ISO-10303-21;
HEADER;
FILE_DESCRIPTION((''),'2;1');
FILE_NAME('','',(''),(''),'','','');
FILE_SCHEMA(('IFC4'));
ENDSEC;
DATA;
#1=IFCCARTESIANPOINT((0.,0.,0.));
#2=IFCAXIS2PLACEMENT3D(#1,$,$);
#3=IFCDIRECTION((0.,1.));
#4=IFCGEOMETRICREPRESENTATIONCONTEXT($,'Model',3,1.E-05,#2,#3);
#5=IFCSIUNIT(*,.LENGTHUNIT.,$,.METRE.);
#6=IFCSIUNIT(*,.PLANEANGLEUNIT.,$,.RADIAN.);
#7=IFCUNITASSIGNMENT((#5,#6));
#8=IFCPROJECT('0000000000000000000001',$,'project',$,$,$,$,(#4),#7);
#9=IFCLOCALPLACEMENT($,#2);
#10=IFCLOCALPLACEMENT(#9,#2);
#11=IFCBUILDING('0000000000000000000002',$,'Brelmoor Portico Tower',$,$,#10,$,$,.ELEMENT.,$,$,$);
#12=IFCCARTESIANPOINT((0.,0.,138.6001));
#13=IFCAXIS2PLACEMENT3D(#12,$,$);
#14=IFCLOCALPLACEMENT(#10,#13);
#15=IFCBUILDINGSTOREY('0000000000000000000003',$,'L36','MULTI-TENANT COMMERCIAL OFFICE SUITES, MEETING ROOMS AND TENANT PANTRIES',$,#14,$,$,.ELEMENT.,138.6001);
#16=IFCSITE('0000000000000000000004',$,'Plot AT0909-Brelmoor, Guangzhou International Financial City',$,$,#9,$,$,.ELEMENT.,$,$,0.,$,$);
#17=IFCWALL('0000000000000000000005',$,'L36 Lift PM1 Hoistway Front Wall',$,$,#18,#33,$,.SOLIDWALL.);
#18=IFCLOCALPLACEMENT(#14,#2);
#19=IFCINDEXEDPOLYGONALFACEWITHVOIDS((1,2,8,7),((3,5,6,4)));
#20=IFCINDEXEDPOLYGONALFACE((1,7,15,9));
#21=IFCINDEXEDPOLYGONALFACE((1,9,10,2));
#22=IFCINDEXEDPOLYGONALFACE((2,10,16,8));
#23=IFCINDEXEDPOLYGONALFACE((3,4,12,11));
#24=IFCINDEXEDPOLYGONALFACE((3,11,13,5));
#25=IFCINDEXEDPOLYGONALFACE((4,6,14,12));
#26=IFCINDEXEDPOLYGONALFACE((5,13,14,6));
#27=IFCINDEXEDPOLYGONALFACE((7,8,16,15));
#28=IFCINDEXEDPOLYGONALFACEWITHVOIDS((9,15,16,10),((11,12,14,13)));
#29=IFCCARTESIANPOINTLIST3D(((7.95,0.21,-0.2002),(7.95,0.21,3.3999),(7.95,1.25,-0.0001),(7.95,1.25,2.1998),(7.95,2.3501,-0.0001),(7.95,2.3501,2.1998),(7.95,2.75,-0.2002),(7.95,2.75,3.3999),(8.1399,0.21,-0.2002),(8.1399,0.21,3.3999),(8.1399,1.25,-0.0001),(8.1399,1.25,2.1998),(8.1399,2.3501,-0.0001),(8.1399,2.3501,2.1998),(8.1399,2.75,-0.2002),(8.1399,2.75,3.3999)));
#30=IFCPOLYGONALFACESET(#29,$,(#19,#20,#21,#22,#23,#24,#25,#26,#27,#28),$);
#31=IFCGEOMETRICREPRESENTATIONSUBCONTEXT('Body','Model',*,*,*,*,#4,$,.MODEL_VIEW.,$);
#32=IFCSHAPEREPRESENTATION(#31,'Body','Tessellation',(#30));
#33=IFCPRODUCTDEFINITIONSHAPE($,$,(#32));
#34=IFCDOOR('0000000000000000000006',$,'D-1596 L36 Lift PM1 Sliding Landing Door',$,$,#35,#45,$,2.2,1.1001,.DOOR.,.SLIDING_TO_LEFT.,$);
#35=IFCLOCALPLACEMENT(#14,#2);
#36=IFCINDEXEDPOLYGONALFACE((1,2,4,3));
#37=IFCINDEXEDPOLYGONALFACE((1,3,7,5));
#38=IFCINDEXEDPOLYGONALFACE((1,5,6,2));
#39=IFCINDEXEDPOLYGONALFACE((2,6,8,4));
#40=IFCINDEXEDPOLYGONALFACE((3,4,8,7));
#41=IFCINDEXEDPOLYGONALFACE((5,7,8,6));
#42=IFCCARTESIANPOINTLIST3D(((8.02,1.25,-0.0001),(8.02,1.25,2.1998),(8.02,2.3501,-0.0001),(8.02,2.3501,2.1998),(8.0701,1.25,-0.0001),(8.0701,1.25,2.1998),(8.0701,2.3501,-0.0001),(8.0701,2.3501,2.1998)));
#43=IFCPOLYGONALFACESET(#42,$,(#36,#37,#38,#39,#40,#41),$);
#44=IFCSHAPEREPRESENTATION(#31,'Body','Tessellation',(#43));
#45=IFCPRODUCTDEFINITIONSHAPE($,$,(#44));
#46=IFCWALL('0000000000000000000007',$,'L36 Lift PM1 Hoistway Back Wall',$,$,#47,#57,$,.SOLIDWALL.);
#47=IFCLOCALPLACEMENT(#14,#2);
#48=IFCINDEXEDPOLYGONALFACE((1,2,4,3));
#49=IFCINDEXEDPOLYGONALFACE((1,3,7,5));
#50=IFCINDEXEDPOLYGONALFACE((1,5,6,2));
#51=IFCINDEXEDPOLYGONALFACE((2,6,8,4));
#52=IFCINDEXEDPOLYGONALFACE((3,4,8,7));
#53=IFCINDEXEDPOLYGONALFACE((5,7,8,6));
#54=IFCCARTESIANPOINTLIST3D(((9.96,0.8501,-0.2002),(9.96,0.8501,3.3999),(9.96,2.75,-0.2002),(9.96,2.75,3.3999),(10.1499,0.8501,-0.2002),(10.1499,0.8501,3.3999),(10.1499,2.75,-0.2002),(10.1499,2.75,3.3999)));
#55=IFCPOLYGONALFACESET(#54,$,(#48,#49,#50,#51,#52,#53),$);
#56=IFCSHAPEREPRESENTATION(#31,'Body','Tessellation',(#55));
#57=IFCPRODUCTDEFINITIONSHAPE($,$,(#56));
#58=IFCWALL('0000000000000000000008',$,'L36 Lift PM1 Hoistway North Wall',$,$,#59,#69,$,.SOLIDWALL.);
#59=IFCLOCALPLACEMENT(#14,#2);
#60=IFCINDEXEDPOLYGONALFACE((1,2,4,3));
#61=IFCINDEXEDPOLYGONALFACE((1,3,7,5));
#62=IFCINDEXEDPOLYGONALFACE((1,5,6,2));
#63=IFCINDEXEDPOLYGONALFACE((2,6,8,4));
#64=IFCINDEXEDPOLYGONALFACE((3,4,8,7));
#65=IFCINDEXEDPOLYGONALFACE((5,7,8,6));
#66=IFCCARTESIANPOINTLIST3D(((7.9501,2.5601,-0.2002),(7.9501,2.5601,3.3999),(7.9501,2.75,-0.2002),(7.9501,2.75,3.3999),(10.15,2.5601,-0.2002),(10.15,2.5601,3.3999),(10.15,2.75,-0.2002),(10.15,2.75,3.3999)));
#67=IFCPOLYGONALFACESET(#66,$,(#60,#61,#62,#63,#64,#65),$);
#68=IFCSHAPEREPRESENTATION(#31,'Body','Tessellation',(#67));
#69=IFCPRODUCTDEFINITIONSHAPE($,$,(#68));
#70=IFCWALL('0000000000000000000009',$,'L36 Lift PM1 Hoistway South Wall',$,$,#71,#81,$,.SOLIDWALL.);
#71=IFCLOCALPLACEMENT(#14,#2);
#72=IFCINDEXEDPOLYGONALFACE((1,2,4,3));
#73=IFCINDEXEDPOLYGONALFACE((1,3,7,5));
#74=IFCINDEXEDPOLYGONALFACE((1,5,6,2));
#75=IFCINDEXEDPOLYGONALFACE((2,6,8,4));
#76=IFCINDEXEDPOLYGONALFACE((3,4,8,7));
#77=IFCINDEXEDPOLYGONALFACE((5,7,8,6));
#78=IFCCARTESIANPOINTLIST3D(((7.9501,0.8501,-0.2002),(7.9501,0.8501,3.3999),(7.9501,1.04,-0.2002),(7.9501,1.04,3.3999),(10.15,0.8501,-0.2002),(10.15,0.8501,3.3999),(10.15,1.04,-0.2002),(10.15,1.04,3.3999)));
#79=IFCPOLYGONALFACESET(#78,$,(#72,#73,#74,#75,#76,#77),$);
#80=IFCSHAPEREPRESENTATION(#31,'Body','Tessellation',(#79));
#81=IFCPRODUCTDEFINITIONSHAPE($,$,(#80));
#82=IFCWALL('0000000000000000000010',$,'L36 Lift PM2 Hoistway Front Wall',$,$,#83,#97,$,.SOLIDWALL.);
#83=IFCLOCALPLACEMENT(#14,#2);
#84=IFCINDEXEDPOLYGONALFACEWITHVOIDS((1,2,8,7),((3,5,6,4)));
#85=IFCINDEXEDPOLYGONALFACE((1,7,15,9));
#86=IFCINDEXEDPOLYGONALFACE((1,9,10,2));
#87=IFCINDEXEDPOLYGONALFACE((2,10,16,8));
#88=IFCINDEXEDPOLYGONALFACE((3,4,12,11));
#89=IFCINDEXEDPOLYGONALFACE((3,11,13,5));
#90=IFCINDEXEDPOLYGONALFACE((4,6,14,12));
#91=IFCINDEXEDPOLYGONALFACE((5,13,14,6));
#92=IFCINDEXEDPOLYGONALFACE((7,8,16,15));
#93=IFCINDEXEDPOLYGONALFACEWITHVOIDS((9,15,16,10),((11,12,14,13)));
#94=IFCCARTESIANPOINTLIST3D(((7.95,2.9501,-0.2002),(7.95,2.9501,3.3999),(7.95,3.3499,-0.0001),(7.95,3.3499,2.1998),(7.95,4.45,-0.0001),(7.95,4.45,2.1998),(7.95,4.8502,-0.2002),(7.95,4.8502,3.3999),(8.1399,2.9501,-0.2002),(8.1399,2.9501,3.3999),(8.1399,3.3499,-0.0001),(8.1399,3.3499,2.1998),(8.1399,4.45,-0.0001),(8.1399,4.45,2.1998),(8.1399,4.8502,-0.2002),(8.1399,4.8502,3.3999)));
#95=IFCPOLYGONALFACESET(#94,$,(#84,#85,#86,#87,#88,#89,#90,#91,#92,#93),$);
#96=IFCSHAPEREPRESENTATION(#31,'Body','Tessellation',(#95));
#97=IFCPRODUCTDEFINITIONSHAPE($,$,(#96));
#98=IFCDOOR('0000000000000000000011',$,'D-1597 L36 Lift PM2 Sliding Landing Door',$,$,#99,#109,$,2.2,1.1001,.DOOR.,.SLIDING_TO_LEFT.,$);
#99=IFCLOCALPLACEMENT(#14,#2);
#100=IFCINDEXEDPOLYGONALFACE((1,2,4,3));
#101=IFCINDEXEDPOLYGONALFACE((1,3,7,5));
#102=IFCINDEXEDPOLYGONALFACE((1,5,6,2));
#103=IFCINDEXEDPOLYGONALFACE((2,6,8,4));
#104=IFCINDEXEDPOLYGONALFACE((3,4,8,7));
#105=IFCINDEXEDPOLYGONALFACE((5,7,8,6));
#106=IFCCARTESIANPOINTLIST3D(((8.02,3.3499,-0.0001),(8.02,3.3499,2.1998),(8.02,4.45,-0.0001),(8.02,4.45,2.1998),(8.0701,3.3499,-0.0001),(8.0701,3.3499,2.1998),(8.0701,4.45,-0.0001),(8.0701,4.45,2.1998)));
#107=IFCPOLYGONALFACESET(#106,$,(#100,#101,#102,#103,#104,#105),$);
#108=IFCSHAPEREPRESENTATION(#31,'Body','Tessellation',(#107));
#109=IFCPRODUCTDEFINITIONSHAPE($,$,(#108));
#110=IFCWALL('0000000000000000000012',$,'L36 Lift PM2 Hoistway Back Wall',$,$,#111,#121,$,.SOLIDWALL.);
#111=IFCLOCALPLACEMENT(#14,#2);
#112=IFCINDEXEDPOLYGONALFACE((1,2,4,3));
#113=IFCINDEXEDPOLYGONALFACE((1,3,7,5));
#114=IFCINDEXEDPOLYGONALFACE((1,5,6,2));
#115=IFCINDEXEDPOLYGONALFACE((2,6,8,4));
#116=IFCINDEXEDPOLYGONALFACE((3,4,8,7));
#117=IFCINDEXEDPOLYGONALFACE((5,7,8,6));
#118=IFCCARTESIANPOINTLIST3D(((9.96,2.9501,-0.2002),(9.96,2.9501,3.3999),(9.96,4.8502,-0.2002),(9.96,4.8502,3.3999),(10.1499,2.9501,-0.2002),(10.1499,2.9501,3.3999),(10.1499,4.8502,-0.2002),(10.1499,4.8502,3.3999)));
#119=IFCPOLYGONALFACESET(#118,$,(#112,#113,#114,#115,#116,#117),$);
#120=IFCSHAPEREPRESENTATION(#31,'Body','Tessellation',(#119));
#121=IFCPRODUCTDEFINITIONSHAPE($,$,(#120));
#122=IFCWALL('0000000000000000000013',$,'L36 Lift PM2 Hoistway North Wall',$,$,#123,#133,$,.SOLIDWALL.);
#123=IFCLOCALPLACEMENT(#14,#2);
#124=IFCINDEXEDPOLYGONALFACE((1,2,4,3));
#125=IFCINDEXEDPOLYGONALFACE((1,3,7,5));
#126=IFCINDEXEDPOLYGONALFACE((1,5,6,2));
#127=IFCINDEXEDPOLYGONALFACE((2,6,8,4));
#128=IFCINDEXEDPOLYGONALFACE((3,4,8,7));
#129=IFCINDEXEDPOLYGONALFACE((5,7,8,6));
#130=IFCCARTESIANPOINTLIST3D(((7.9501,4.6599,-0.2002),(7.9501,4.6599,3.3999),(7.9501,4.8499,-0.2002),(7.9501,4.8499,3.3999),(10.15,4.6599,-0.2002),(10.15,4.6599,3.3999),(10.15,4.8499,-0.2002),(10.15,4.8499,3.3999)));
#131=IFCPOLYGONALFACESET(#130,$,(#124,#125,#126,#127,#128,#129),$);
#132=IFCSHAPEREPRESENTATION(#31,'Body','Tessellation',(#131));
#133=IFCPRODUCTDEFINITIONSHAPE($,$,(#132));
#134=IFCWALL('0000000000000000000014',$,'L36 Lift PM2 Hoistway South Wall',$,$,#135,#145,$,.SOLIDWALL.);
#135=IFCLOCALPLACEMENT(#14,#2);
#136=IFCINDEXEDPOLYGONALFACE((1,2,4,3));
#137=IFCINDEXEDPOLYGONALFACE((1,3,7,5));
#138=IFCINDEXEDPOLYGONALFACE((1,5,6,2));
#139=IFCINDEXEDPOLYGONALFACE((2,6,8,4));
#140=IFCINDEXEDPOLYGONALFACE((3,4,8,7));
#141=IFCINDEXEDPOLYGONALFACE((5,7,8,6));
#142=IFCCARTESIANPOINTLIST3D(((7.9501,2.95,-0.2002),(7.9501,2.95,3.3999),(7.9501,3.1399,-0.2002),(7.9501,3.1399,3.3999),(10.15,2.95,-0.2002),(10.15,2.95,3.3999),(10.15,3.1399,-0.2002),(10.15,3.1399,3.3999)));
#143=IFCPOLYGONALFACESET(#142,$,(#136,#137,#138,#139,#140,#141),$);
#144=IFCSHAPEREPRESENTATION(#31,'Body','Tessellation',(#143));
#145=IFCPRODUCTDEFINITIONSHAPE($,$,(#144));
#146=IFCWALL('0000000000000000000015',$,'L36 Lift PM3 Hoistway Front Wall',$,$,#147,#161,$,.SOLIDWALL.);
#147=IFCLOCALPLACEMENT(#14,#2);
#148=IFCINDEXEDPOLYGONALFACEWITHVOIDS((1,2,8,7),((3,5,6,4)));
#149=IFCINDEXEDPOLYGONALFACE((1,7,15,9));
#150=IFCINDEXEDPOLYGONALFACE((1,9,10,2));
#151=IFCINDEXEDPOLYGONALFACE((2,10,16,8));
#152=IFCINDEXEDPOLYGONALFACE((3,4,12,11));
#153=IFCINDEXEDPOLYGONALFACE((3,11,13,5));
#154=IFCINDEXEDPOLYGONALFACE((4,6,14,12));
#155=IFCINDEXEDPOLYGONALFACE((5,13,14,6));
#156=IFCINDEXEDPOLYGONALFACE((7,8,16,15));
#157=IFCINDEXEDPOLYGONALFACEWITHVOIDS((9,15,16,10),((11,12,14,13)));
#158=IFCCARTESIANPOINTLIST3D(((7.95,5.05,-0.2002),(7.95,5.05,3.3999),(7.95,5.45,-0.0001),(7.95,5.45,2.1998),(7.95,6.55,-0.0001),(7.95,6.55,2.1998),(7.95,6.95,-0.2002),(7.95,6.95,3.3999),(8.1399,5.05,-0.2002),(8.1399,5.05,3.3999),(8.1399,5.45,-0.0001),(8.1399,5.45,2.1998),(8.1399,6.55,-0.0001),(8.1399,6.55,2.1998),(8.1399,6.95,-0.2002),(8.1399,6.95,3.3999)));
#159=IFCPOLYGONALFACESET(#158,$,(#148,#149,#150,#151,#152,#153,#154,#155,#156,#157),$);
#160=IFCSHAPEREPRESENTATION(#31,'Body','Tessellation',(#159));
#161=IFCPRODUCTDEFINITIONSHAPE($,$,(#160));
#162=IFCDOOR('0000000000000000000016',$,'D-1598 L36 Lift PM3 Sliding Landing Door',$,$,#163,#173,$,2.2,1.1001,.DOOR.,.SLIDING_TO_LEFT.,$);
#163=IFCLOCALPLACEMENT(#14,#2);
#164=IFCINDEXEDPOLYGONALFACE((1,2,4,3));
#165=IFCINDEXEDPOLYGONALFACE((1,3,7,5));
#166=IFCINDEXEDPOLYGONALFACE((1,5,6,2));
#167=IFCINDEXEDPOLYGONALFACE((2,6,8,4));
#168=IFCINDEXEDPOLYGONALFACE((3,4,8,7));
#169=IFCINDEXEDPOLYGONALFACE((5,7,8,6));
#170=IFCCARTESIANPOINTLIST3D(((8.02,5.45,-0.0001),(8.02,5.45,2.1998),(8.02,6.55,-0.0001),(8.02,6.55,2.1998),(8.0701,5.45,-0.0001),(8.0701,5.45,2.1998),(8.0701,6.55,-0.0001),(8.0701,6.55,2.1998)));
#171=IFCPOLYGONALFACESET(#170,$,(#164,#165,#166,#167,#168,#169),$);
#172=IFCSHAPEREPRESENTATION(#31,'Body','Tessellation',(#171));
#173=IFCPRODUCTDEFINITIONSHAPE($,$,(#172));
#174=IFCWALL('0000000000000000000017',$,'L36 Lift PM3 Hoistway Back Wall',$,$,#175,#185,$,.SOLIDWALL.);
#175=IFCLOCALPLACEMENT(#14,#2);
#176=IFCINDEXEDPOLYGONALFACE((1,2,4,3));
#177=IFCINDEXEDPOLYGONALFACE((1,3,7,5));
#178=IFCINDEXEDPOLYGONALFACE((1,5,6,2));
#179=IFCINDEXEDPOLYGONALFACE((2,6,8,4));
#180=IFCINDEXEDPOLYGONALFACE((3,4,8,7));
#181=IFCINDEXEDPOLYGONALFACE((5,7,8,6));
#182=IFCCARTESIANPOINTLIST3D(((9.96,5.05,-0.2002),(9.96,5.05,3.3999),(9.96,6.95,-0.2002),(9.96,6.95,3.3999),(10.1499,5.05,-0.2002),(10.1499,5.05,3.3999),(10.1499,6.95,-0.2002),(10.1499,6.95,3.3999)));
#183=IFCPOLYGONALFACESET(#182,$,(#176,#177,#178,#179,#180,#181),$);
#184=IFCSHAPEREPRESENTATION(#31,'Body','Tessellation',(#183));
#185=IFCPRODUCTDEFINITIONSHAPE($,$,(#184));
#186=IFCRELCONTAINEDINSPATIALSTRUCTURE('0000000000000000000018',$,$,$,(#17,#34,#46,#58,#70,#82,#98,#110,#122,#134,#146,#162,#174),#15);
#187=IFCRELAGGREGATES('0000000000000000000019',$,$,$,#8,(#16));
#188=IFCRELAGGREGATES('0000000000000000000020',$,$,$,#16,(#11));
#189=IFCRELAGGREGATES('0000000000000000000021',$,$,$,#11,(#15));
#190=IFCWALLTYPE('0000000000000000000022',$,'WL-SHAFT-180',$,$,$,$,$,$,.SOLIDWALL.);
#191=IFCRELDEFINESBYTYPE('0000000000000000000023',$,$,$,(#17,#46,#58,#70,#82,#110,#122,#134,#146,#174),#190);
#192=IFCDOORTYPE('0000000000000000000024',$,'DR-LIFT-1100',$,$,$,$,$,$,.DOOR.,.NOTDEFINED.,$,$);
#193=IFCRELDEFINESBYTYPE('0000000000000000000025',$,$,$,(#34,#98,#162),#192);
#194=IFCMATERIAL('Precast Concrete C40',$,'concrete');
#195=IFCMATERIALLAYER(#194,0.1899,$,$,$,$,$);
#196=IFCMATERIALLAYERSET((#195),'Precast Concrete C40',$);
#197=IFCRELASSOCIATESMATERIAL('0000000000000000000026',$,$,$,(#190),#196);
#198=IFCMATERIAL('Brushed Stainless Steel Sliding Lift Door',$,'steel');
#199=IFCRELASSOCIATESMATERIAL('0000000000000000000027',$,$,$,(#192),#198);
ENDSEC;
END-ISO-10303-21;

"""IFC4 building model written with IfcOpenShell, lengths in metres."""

from ifc_helpers import new_model, si_unit, direction, frame, frame_2d, origin, place, context, subcontext, project, spatial, rectangle, extrude, material, layer, layer_set, type_object, element, fill, save


model = new_model("IFC4")

# Units and contexts
model_context = context("Model", 3, precision=1e-05, world=origin(), true_north=direction((0.0, 1.0)))
body_context = subcontext(model_context, "Body", "Model", "MODEL_VIEW")
ifc_project = project(units=[si_unit("LENGTHUNIT", "METRE"), si_unit("PLANEANGLEUNIT", "RADIAN")], contexts=[model_context])

# Site, building, storey
site_placement = place(None, origin())
site = spatial("IfcSite", under=ifc_project, at=site_placement, Name="Plot AT0909-Brelmoor, Guangzhou International Financial City", CompositionType="ELEMENT", RefElevation=0.0)
building_placement = place(site_placement, origin())
building = spatial("IfcBuilding", under=site, at=building_placement, Name="Brelmoor Portico Tower", CompositionType="ELEMENT")
storey_placement = place(building_placement, frame((0.0, 0.0, 138.6001)))
storey = spatial("IfcBuildingStorey", under=building, at=storey_placement, Name="L36", Description="MULTI-TENANT COMMERCIAL OFFICE SUITES, MEETING ROOMS AND TENANT PANTRIES", CompositionType="ELEMENT", Elevation=138.6001)

# Wall, opening, door
ifc_material_1 = material(Name="Precast Concrete C40", Category="concrete")
ifc_layer_1 = layer(ifc_material_1, 0.1899)
ifc_layer_set_1 = layer_set([ifc_layer_1], Name="Precast Concrete C40")
wall_type_1 = type_object("IfcWallType", Name="WL-SHAFT-180", PredefinedType="SOLIDWALL", material=ifc_layer_set_1)
wall_1_placement = place(storey_placement, frame((8.0449, 0.21, -0.2002), z_axis=(0.0, 0.0, 1.0), x_axis=(0.0, 1.0, 0.0)))
wall_1 = element("IfcWall", 1, at=wall_1_placement, inside=storey, type_object=wall_type_1, Name="L36 Lift PM1 Hoistway Front Wall", PredefinedType="SOLIDWALL", context=body_context, shape_type="SweptSolid", body=[
    extrude(rectangle(XDim=2.54, YDim=0.1899, at=frame_2d((1.27, 0.0))), origin(), (0.0, 0.0, 1.0), 3.6001),
])
opening_1_placement = place(wall_1_placement, frame((1.04, 0.0, 0.2)))
opening_1 = element("IfcOpeningElement", 2, at=opening_1_placement, cuts=wall_1, PredefinedType="OPENING", context=body_context, shape_type="SweptSolid", body=[
    extrude(rectangle(XDim=1.1001, YDim=2.2, at=frame_2d((0.55, 1.1001))), frame((0.0, 0.105, 0.0), z_axis=(0.0, -1.0, 0.0), x_axis=(1.0, 0.0, 0.0)), (0.0, 0.0, 1.0), 0.21),
])
ifc_material_2 = material(Name="Brushed Stainless Steel Sliding Lift Door", Category="steel")
door_type_1 = type_object("IfcDoorType", Name="DR-LIFT-1100", OperationType="NOTDEFINED", PredefinedType="DOOR", material=ifc_material_2)
door_1_placement = place(opening_1_placement, origin())
door_1 = element("IfcDoor", 3, at=door_1_placement, inside=storey, type_object=door_type_1, Name="D-1596 L36 Lift PM1 Sliding Landing Door", OperationType="SLIDING_TO_LEFT", OverallHeight=2.2, OverallWidth=1.1001, PredefinedType="DOOR", context=body_context, shape_type="SweptSolid", body=[
    extrude(rectangle(XDim=1.1001, YDim=2.2, at=frame_2d((0.55, 1.1001))), frame((0.0, 0.0249, 0.0), z_axis=(0.0, -1.0, 0.0), x_axis=(1.0, 0.0, 0.0)), (0.0, 0.0, 1.0), 0.05),
])
fill(opening_1, door_1)

# Walls
wall_2_placement = place(storey_placement, frame((10.0549, 0.8501, -0.2002), z_axis=(0.0, 0.0, 1.0), x_axis=(0.0, 1.0, 0.0)))
element("IfcWall", 4, at=wall_2_placement, inside=storey, type_object=wall_type_1, Name="L36 Lift PM1 Hoistway Back Wall", PredefinedType="SOLIDWALL", context=body_context, shape_type="SweptSolid", body=[
    extrude(rectangle(XDim=1.8999, YDim=0.1899, at=frame_2d((0.95, 0.0))), origin(), (0.0, 0.0, 1.0), 3.6001),
])
for number, where, z_axis, x_axis, name in (
    (5, (7.95, 2.655, -0.2002), (0.0, 0.0, 1.0), (1.0, 0.0, 0.0), "L36 Lift PM1 Hoistway North Wall"),
    (6, (7.95, 0.9451, -0.2002), (0.0, 0.0, 1.0), (1.0, 0.0, 0.0), "L36 Lift PM1 Hoistway South Wall"),
):
    element("IfcWall", number, at=place(storey_placement, frame(where, z_axis=z_axis, x_axis=x_axis)), inside=storey, type_object=wall_type_1, Name=name, PredefinedType="SOLIDWALL", context=body_context, shape_type="SweptSolid", body=[
        extrude(rectangle(XDim=2.2, YDim=0.1899, at=frame_2d((1.1001, 0.0))), origin(), (0.0, 0.0, 1.0), 3.6001),
    ])

# Wall, opening, door
wall_3_placement = place(storey_placement, frame((8.0449, 2.95, -0.2002), z_axis=(0.0, 0.0, 1.0), x_axis=(0.0, 1.0, 0.0)))
wall_3 = element("IfcWall", 7, at=wall_3_placement, inside=storey, type_object=wall_type_1, Name="L36 Lift PM2 Hoistway Front Wall", PredefinedType="SOLIDWALL", context=body_context, shape_type="SweptSolid", body=[
    extrude(rectangle(XDim=1.9001, YDim=0.1899, at=frame_2d((0.9502, 0.0))), origin(), (0.0, 0.0, 1.0), 3.6001),
])
opening_2_placement = place(wall_3_placement, frame((0.3999, 0.0, 0.2)))
opening_2 = element("IfcOpeningElement", 8, at=opening_2_placement, cuts=wall_3, PredefinedType="OPENING", context=body_context, shape_type="SweptSolid", body=[
    extrude(rectangle(XDim=1.1001, YDim=2.2, at=frame_2d((0.55, 1.1001))), frame((0.0, 0.105, 0.0), z_axis=(0.0, -1.0, 0.0), x_axis=(1.0, 0.0, 0.0)), (0.0, 0.0, 1.0), 0.21),
])
door_2_placement = place(opening_2_placement, origin())
door_2 = element("IfcDoor", 9, at=door_2_placement, inside=storey, type_object=door_type_1, Name="D-1597 L36 Lift PM2 Sliding Landing Door", OperationType="SLIDING_TO_LEFT", OverallHeight=2.2, OverallWidth=1.1001, PredefinedType="DOOR", context=body_context, shape_type="SweptSolid", body=[
    extrude(rectangle(XDim=1.1001, YDim=2.2, at=frame_2d((0.55, 1.1001))), frame((0.0, 0.0249, 0.0), z_axis=(0.0, -1.0, 0.0), x_axis=(1.0, 0.0, 0.0)), (0.0, 0.0, 1.0), 0.05),
])
fill(opening_2, door_2)

# Walls
wall_4_placement = place(storey_placement, frame((10.0549, 2.95, -0.2002), z_axis=(0.0, 0.0, 1.0), x_axis=(0.0, 1.0, 0.0)))
element("IfcWall", 10, at=wall_4_placement, inside=storey, type_object=wall_type_1, Name="L36 Lift PM2 Hoistway Back Wall", PredefinedType="SOLIDWALL", context=body_context, shape_type="SweptSolid", body=[
    extrude(rectangle(XDim=1.9001, YDim=0.1899, at=frame_2d((0.9502, 0.0))), origin(), (0.0, 0.0, 1.0), 3.6001),
])
for number, where, z_axis, x_axis, name in (
    (11, (7.95, 4.7549, -0.2002), (0.0, 0.0, 1.0), (1.0, 0.0, 0.0), "L36 Lift PM2 Hoistway North Wall"),
    (12, (7.95, 3.0449, -0.2002), (0.0, 0.0, 1.0), (1.0, 0.0, 0.0), "L36 Lift PM2 Hoistway South Wall"),
):
    element("IfcWall", number, at=place(storey_placement, frame(where, z_axis=z_axis, x_axis=x_axis)), inside=storey, type_object=wall_type_1, Name=name, PredefinedType="SOLIDWALL", context=body_context, shape_type="SweptSolid", body=[
        extrude(rectangle(XDim=2.2, YDim=0.1899, at=frame_2d((1.1001, 0.0))), origin(), (0.0, 0.0, 1.0), 3.6001),
    ])

# Wall, opening, door
wall_5_placement = place(storey_placement, frame((8.0449, 5.05, -0.2002), z_axis=(0.0, 0.0, 1.0), x_axis=(0.0, 1.0, 0.0)))
wall_5 = element("IfcWall", 13, at=wall_5_placement, inside=storey, type_object=wall_type_1, Name="L36 Lift PM3 Hoistway Front Wall", PredefinedType="SOLIDWALL", context=body_context, shape_type="SweptSolid", body=[
    extrude(rectangle(XDim=1.8999, YDim=0.1899, at=frame_2d((0.95, 0.0))), origin(), (0.0, 0.0, 1.0), 3.6001),
])
opening_3_placement = place(wall_5_placement, frame((0.3999, 0.0, 0.2)))
opening_3 = element("IfcOpeningElement", 14, at=opening_3_placement, cuts=wall_5, PredefinedType="OPENING", context=body_context, shape_type="SweptSolid", body=[
    extrude(rectangle(XDim=1.1001, YDim=2.2, at=frame_2d((0.55, 1.1001))), frame((0.0, 0.105, 0.0), z_axis=(0.0, -1.0, 0.0), x_axis=(1.0, 0.0, 0.0)), (0.0, 0.0, 1.0), 0.21),
])
door_3_placement = place(opening_3_placement, origin())
door_3 = element("IfcDoor", 15, at=door_3_placement, inside=storey, type_object=door_type_1, Name="D-1598 L36 Lift PM3 Sliding Landing Door", OperationType="SLIDING_TO_LEFT", OverallHeight=2.2, OverallWidth=1.1001, PredefinedType="DOOR", context=body_context, shape_type="SweptSolid", body=[
    extrude(rectangle(XDim=1.1001, YDim=2.2, at=frame_2d((0.55, 1.1001))), frame((0.0, 0.0249, 0.0), z_axis=(0.0, -1.0, 0.0), x_axis=(1.0, 0.0, 0.0)), (0.0, 0.0, 1.0), 0.05),
])
fill(opening_3, door_3)

# Wall
wall_6_placement = place(storey_placement, frame((10.0549, 5.05, -0.2002), z_axis=(0.0, 0.0, 1.0), x_axis=(0.0, 1.0, 0.0)))
element("IfcWall", 16, at=wall_6_placement, inside=storey, type_object=wall_type_1, Name="L36 Lift PM3 Hoistway Back Wall", PredefinedType="SOLIDWALL", context=body_context, shape_type="SweptSolid", body=[
    extrude(rectangle(XDim=1.8999, YDim=0.1899, at=frame_2d((0.95, 0.0))), origin(), (0.0, 0.0, 1.0), 3.6001),
])

save(model, "model.ifc")
